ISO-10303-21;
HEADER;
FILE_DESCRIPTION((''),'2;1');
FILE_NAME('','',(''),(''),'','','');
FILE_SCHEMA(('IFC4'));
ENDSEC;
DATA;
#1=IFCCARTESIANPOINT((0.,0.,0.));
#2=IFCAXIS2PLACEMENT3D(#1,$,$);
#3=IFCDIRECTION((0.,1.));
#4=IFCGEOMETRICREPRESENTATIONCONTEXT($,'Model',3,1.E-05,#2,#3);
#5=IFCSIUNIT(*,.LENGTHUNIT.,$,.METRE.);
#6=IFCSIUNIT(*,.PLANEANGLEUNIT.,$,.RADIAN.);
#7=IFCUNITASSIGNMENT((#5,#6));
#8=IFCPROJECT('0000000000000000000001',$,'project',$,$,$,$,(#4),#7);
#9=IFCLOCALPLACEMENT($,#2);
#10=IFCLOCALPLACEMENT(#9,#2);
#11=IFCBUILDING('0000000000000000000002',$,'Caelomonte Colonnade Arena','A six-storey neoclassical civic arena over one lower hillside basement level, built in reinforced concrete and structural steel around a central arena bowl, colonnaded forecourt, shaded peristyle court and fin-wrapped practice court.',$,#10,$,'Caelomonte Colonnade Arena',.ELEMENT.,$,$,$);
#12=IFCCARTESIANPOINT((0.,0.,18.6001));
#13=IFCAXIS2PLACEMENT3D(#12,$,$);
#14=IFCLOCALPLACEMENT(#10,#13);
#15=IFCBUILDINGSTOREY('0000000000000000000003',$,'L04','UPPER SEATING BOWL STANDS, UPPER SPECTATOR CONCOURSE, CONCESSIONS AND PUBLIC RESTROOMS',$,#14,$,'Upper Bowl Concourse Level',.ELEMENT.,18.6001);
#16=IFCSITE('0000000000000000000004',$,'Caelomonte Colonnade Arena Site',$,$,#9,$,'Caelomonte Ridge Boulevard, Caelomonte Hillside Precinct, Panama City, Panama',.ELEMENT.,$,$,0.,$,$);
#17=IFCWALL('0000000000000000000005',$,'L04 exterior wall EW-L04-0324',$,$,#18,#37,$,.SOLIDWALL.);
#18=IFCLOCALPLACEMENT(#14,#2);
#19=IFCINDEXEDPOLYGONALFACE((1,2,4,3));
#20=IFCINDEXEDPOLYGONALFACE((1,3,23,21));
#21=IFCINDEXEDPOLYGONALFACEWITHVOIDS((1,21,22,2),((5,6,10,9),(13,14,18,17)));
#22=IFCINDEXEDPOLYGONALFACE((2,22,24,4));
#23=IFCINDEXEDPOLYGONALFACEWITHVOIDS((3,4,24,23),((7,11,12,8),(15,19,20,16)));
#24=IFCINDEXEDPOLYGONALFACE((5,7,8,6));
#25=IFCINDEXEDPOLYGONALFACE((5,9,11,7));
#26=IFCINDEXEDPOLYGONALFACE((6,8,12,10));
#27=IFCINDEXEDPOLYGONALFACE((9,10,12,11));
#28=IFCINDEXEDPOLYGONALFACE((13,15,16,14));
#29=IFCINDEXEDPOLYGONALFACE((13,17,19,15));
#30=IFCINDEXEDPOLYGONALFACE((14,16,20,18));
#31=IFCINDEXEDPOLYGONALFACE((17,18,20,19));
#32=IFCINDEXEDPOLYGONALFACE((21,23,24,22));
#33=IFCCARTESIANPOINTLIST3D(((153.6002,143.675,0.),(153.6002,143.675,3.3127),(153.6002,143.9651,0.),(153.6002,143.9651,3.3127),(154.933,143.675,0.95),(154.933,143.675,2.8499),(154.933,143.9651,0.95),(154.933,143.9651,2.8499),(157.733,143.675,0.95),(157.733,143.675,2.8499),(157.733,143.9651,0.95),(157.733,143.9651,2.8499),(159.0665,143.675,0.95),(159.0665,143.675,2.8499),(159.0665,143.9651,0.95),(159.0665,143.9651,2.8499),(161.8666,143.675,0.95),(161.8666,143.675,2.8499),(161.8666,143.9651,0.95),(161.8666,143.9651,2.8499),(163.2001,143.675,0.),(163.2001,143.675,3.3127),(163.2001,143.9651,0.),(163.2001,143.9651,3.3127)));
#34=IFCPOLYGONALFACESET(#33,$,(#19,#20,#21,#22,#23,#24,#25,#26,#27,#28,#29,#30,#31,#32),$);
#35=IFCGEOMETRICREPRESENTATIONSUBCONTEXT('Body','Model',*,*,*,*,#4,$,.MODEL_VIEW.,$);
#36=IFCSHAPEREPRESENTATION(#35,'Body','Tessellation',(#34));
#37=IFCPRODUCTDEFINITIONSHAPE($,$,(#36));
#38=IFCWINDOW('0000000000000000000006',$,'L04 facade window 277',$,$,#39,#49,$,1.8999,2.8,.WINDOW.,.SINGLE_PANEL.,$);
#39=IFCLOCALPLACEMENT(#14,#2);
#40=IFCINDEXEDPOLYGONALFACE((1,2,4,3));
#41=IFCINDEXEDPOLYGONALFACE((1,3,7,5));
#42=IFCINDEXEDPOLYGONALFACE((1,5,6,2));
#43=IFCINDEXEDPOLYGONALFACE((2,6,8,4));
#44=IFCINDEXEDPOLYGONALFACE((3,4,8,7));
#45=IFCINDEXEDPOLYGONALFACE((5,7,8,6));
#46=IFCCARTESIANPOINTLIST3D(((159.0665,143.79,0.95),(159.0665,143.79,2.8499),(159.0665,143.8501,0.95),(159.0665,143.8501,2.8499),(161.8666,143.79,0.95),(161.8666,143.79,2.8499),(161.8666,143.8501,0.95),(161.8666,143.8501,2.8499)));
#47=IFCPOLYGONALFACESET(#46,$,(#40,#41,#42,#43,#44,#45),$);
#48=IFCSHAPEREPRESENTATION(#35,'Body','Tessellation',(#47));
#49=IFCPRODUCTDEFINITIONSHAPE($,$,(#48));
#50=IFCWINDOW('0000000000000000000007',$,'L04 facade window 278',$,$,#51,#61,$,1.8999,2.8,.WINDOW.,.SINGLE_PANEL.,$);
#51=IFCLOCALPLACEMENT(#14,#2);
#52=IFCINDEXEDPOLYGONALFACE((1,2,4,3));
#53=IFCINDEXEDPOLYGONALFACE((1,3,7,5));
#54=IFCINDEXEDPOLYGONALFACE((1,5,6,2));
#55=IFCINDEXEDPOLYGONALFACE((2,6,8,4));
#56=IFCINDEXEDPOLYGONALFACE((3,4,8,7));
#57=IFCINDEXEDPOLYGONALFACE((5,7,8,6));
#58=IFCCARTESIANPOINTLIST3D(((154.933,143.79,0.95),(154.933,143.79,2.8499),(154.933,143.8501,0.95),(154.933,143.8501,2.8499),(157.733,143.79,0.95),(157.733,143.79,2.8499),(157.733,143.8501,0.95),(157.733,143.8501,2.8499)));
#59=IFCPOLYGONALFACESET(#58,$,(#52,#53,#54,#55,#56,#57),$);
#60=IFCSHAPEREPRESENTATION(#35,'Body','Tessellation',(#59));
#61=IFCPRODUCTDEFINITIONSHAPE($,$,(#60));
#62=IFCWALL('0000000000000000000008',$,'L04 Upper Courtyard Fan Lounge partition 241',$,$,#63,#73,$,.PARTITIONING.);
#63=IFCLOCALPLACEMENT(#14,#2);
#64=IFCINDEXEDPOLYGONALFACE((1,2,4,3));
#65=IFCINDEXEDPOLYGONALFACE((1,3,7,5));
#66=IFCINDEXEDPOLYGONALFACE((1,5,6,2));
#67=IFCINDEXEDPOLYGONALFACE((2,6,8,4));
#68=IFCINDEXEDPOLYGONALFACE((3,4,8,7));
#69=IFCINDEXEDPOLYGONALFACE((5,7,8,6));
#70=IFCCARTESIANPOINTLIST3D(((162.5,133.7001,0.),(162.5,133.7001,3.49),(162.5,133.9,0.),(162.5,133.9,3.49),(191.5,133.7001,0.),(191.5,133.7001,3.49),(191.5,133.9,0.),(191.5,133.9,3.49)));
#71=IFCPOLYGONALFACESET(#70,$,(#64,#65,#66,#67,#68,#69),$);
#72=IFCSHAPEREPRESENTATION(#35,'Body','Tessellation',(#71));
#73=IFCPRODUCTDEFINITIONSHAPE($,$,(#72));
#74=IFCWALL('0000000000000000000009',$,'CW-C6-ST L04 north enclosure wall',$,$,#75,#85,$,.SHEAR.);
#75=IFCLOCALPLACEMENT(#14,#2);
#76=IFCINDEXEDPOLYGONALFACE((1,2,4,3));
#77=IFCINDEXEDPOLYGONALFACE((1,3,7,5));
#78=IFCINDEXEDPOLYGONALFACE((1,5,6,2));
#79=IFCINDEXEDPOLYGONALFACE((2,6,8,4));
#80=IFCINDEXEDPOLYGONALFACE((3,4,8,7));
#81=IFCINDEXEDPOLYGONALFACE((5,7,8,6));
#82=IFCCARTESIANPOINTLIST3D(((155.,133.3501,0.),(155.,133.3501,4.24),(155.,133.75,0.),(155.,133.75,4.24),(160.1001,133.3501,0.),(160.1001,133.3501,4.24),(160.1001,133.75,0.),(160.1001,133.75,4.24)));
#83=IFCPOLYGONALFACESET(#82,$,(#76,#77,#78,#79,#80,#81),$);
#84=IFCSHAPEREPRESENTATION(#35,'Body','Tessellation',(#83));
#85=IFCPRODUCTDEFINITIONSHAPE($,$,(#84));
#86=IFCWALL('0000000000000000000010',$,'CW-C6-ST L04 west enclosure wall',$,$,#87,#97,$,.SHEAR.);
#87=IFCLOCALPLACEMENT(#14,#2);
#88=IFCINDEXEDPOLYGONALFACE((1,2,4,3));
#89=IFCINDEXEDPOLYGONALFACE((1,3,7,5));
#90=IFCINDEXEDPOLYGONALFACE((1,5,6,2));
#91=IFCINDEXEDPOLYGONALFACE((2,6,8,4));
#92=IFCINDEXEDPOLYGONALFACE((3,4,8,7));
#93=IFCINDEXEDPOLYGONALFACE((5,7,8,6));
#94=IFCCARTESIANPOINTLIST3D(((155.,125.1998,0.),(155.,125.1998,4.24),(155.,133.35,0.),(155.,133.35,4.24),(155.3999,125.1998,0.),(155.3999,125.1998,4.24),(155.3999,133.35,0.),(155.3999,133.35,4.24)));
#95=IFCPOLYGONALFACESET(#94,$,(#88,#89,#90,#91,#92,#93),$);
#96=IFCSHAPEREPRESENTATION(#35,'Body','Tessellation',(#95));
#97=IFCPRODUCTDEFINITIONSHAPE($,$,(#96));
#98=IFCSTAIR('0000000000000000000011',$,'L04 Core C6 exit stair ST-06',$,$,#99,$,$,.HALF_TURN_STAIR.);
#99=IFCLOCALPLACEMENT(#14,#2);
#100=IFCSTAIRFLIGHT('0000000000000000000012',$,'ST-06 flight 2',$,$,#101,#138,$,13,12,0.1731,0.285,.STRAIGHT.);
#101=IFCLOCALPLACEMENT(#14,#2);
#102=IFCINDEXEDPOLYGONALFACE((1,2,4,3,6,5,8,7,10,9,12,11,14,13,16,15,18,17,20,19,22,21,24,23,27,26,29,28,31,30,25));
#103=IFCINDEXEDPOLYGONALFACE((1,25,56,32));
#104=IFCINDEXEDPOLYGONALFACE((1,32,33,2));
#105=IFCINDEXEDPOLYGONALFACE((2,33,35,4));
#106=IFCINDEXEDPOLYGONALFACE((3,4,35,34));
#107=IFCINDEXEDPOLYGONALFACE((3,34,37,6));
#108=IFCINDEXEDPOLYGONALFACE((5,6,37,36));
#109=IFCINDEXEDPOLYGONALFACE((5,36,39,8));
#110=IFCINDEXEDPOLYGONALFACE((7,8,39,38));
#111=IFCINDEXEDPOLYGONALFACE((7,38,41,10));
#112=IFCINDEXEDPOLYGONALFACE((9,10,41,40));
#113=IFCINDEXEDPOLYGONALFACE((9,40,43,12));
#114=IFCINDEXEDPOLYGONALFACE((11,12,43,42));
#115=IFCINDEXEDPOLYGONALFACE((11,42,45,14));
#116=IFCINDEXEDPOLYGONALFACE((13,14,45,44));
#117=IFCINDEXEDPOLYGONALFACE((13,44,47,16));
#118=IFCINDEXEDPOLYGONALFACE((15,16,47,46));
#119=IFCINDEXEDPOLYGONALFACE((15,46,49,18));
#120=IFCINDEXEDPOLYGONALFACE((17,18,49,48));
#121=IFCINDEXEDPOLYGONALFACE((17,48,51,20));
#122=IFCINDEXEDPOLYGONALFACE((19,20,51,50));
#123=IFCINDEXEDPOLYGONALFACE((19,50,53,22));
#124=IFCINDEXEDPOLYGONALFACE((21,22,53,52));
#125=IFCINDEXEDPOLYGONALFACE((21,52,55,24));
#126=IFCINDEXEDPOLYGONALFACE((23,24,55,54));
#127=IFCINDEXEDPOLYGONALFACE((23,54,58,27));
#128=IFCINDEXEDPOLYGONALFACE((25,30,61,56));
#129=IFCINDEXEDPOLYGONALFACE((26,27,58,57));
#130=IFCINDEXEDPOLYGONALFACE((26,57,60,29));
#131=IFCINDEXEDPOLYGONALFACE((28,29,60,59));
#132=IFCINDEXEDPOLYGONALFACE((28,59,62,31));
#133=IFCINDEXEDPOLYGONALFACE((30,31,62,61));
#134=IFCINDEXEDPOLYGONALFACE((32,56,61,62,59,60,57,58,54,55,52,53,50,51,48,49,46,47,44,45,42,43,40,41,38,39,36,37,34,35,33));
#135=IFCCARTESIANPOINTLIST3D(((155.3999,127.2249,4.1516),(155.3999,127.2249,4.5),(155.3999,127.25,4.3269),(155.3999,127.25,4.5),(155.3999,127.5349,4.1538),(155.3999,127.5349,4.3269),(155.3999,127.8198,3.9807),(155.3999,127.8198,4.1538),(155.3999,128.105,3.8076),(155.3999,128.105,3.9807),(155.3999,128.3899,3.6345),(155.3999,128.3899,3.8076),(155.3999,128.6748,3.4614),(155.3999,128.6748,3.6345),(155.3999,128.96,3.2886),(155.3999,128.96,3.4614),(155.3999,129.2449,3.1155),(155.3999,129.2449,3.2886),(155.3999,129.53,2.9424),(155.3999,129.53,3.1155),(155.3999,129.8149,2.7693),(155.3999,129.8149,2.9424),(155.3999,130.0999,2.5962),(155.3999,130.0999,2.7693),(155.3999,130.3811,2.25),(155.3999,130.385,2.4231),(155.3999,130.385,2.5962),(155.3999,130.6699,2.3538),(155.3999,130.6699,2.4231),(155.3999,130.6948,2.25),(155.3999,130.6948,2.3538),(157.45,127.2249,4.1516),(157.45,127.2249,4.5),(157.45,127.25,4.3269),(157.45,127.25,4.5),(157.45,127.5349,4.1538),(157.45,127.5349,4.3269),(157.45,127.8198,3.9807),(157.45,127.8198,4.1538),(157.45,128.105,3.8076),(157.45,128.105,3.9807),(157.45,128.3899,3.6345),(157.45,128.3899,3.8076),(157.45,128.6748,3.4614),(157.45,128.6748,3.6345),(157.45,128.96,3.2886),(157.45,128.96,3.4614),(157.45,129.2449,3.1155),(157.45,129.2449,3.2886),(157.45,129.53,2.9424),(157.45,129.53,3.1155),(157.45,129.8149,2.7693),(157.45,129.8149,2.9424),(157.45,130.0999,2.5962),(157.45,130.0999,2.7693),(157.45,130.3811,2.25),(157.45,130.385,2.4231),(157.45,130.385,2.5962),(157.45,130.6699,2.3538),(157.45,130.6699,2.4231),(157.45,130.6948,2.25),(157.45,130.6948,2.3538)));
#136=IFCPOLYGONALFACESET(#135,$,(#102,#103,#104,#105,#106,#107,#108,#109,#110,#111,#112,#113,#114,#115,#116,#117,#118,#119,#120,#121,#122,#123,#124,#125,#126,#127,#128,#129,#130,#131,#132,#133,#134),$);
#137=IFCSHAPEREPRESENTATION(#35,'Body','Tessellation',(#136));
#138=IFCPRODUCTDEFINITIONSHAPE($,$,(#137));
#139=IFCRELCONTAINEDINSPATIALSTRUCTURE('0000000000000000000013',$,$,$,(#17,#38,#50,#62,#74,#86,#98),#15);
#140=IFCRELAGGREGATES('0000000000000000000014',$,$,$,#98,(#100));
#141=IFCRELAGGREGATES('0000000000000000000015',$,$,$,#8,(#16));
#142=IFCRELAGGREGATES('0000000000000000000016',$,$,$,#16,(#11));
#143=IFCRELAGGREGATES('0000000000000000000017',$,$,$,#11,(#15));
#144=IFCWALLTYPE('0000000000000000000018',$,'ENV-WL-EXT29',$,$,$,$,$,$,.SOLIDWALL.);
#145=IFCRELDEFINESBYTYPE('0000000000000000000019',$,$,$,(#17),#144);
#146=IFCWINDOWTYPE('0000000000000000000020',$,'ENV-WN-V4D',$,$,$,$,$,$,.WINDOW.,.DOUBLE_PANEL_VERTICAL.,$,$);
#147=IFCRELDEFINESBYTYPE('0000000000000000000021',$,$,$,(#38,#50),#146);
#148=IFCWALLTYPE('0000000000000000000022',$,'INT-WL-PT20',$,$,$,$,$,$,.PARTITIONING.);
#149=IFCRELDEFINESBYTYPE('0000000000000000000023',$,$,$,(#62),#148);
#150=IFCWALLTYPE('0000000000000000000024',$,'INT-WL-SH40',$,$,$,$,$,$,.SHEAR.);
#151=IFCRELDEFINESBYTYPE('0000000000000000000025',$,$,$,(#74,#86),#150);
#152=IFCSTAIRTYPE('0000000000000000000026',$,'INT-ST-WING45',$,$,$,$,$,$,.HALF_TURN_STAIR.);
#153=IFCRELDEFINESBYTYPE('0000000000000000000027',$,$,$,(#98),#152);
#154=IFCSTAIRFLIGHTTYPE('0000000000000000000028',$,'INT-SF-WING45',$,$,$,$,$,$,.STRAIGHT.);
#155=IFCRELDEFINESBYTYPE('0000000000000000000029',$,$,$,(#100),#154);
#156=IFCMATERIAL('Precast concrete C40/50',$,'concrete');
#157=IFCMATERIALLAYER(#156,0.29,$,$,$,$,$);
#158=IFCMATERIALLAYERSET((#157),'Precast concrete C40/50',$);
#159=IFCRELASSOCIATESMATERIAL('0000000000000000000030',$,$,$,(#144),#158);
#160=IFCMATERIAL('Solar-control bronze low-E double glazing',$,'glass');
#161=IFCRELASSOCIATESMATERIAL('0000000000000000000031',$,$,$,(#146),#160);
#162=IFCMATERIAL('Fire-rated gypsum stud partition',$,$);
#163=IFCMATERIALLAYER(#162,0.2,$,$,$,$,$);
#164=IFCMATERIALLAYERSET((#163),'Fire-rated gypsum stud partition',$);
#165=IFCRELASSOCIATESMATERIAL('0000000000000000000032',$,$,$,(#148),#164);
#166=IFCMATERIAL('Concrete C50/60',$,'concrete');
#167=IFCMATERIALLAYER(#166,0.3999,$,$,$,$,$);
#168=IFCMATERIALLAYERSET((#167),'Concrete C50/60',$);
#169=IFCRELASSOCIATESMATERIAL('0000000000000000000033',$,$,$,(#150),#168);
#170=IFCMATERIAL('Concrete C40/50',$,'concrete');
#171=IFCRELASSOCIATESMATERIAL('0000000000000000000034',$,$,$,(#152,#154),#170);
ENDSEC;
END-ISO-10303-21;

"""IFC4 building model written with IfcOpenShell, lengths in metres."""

from ifc_helpers import new_model, si_unit, direction, frame, frame_2d, origin, place, context, subcontext, project, spatial, polyline, rectangle, outline, extrude, material, layer, layer_set, type_object, element, fill, aggregate, save


model = new_model("IFC4")

# Units and contexts
model_context = context("Model", 3, precision=1e-05, world=origin(), true_north=direction((0.0, 1.0)))
body_context = subcontext(model_context, "Body", "Model", "MODEL_VIEW")
ifc_project = project(units=[si_unit("LENGTHUNIT", "METRE"), si_unit("PLANEANGLEUNIT", "RADIAN")], contexts=[model_context])

# Site, building, storey
site_placement = place(None, origin())
site = spatial("IfcSite", under=ifc_project, at=site_placement, Name="Caelomonte Colonnade Arena Site", LongName="Caelomonte Ridge Boulevard, Caelomonte Hillside Precinct, Panama City, Panama", CompositionType="ELEMENT", RefElevation=0.0)
building_placement = place(site_placement, origin())
building = spatial("IfcBuilding", under=site, at=building_placement, Name="Caelomonte Colonnade Arena", Description="A six-storey neoclassical civic arena over one lower hillside basement level, built in reinforced concrete and structural steel around a central arena bowl, colonnaded forecourt, shaded peristyle court and fin-wrapped practice court.", LongName="Caelomonte Colonnade Arena", CompositionType="ELEMENT")
storey_placement = place(building_placement, frame((0.0, 0.0, 18.6001)))
storey = spatial("IfcBuildingStorey", under=building, at=storey_placement, Name="L04", Description="UPPER SEATING BOWL STANDS, UPPER SPECTATOR CONCOURSE, CONCESSIONS AND PUBLIC RESTROOMS", LongName="Upper Bowl Concourse Level", CompositionType="ELEMENT", Elevation=18.6001)

# Shared definitions
ifc_material_1 = material(Name="Concrete C40/50", Category="concrete")

# Wall, openings, windows
ifc_material_2 = material(Name="Precast concrete C40/50", Category="concrete")
ifc_layer_1 = layer(ifc_material_2, 0.29)
ifc_layer_set_1 = layer_set([ifc_layer_1], Name="Precast concrete C40/50")
wall_type_1 = type_object("IfcWallType", Name="ENV-WL-EXT29", PredefinedType="SOLIDWALL", material=ifc_layer_set_1)
wall_1_placement = place(storey_placement, frame((163.2, 143.8201, 0.0), z_axis=(0.0, 0.0, 1.0), x_axis=(-1.0, 0.0, 0.0)))
wall_1 = element("IfcWall", 1, at=wall_1_placement, inside=storey, type_object=wall_type_1, Name="L04 exterior wall EW-L04-0324", PredefinedType="SOLIDWALL", context=body_context, shape_type="SweptSolid", body=[
    extrude(rectangle(XDim=9.5999, YDim=0.29, at=frame_2d((4.7998, 0.0))), origin(), (0.0, 0.0, 1.0), 3.3127),
])
opening_1_placement = place(wall_1_placement, frame((4.1333, 0.0, 0.95), z_axis=(0.0, 0.0, 1.0), x_axis=(-1.0, 0.0, 0.0)))
opening_1 = element("IfcOpeningElement", 2, at=opening_1_placement, cuts=wall_1, PredefinedType="OPENING", context=body_context, shape_type="SweptSolid", body=[
    extrude(rectangle(XDim=2.8, YDim=1.8999, at=frame_2d((1.3999, 0.95))), frame((0.0, 0.155, 0.0), z_axis=(0.0, -1.0, 0.0), x_axis=(1.0, 0.0, 0.0)), (0.0, 0.0, 1.0), 0.3101),
])
opening_2_placement = place(wall_1_placement, frame((8.2668, 0.0, 0.95), z_axis=(0.0, 0.0, 1.0), x_axis=(-1.0, 0.0, 0.0)))
opening_2 = element("IfcOpeningElement", 3, at=opening_2_placement, cuts=wall_1, PredefinedType="OPENING", context=body_context, shape_type="SweptSolid", body=[
    extrude(rectangle(XDim=2.8, YDim=1.8999, at=frame_2d((1.3999, 0.95))), frame((0.0, 0.155, 0.0), z_axis=(0.0, -1.0, 0.0), x_axis=(1.0, 0.0, 0.0)), (0.0, 0.0, 1.0), 0.3101),
])
ifc_material_3 = material(Name="Solar-control bronze low-E double glazing", Category="glass")
window_type = type_object("IfcWindowType", Name="ENV-WN-V4D", PartitioningType="DOUBLE_PANEL_VERTICAL", PredefinedType="WINDOW", material=ifc_material_3)
window_1_placement = place(opening_1_placement, origin())
window_1 = element("IfcWindow", 4, at=window_1_placement, inside=storey, type_object=window_type, Name="L04 facade window 277", OverallHeight=1.8999, OverallWidth=2.8, PartitioningType="SINGLE_PANEL", PredefinedType="WINDOW", context=body_context, shape_type="SweptSolid", body=[
    extrude(rectangle(XDim=2.8, YDim=1.8999, at=frame_2d((1.3999, 0.95))), frame((0.0, 0.03, 0.0), z_axis=(0.0, -1.0, 0.0), x_axis=(1.0, 0.0, 0.0)), (0.0, 0.0, 1.0), 0.0601),
])
fill(opening_1, window_1)
window_2_placement = place(opening_2_placement, origin())
window_2 = element("IfcWindow", 5, at=window_2_placement, inside=storey, type_object=window_type, Name="L04 facade window 278", OverallHeight=1.8999, OverallWidth=2.8, PartitioningType="SINGLE_PANEL", PredefinedType="WINDOW", context=body_context, shape_type="SweptSolid", body=[
    extrude(rectangle(XDim=2.8, YDim=1.8999, at=frame_2d((1.3999, 0.95))), frame((0.0, 0.03, 0.0), z_axis=(0.0, -1.0, 0.0), x_axis=(1.0, 0.0, 0.0)), (0.0, 0.0, 1.0), 0.0601),
])
fill(opening_2, window_2)

# Walls
ifc_material_4 = material(Name="Fire-rated gypsum stud partition")
ifc_layer_2 = layer(ifc_material_4, 0.2)
ifc_layer_set_2 = layer_set([ifc_layer_2], Name="Fire-rated gypsum stud partition")
wall_type_2 = type_object("IfcWallType", Name="INT-WL-PT20", PredefinedType="PARTITIONING", material=ifc_layer_set_2)
wall_2_placement = place(storey_placement, frame((162.5, 133.8, 0.0), z_axis=(0.0, 0.0, 1.0), x_axis=(1.0, 0.0, 0.0)))
element("IfcWall", 6, at=wall_2_placement, inside=storey, type_object=wall_type_2, Name="L04 Upper Courtyard Fan Lounge partition 241", PredefinedType="PARTITIONING", context=body_context, shape_type="SweptSolid", body=[
    extrude(rectangle(XDim=29.0, YDim=0.2, at=frame_2d((14.5, 0.0))), origin(), (0.0, 0.0, 1.0), 3.49),
])
ifc_material_5 = material(Name="Concrete C50/60", Category="concrete")
ifc_layer_3 = layer(ifc_material_5, 0.3999)
ifc_layer_set_3 = layer_set([ifc_layer_3], Name="Concrete C50/60")
wall_type_3 = type_object("IfcWallType", Name="INT-WL-SH40", PredefinedType="SHEAR", material=ifc_layer_set_3)
wall_3_placement = place(storey_placement, frame((160.1001, 133.55, 0.0), z_axis=(0.0, 0.0, 1.0), x_axis=(-1.0, 0.0, 0.0)))
element("IfcWall", 7, at=wall_3_placement, inside=storey, type_object=wall_type_3, Name="CW-C6-ST L04 north enclosure wall", PredefinedType="SHEAR", context=body_context, shape_type="SweptSolid", body=[
    extrude(rectangle(XDim=5.1001, YDim=0.3999, at=frame_2d((2.55, 0.0))), origin(), (0.0, 0.0, 1.0), 4.24),
])
wall_4_placement = place(storey_placement, frame((155.2, 133.3501, 0.0), z_axis=(0.0, 0.0, 1.0), x_axis=(0.0, -1.0, 0.0)))
element("IfcWall", 8, at=wall_4_placement, inside=storey, type_object=wall_type_3, Name="CW-C6-ST L04 west enclosure wall", PredefinedType="SHEAR", context=body_context, shape_type="SweptSolid", body=[
    extrude(rectangle(XDim=8.1501, YDim=0.3999, at=frame_2d((4.0752, 0.0))), origin(), (0.0, 0.0, 1.0), 4.24),
])

# Stair, stair flight
stair_type = type_object("IfcStairType", Name="INT-ST-WING45", PredefinedType="HALF_TURN_STAIR", material=ifc_material_1)
stair_placement = place(storey_placement, origin())
stair = element("IfcStair", 9, at=stair_placement, inside=storey, type_object=stair_type, Name="L04 Core C6 exit stair ST-06", PredefinedType="HALF_TURN_STAIR")
stair_flight_type = type_object("IfcStairFlightType", Name="INT-SF-WING45", PredefinedType="STRAIGHT", material=ifc_material_1)
stair_flight_placement = place(storey_placement, frame((156.425, 130.6699, 2.25), z_axis=(0.0, 0.0, 1.0), x_axis=(0.0, -1.0, 0.0)))
stair_flight = element("IfcStairFlight", 10, at=stair_flight_placement, type_object=stair_flight_type, Name="ST-06 flight 2", NumberOfRisers=13, NumberOfTreads=12, PredefinedType="STRAIGHT", RiserHeight=0.1731, TreadLength=0.285, context=body_context, shape_type="SweptSolid", body=[
    extrude(outline(polyline([(-0.0249, 0.0), (-0.0249, 0.1038), (0.0, 0.1038), (0.0, 0.1731), (0.2849, 0.1731), (0.2849, 0.3462), (0.5701, 0.3462), (0.5701, 0.5193), (0.855, 0.5193), (0.855, 0.6924), (1.1399, 0.6924), (1.1399, 0.8655), (1.425, 0.8655), (1.425, 1.0386), (1.71, 1.0386), (1.71, 1.2114), (1.9951, 1.2114), (1.9951, 1.3845), (2.28, 1.3845), (2.28, 1.5576), (2.5649, 1.5576), (2.5649, 1.7307), (2.8501, 1.7307), (2.8501, 1.9038), (3.135, 1.9038), (3.135, 2.0769), (3.4199, 2.0769), (3.4199, 2.25), (3.4451, 2.25), (3.4451, 1.9016), (0.2888, 0.0), (-0.0249, 0.0)])), frame((0.0, 1.0249, 0.0), z_axis=(0.0, -1.0, 0.0), x_axis=(1.0, 0.0, 0.0)), (0.0, 0.0, 1.0), 2.05),
])
aggregate(stair, [stair_flight])

save(model, "model.ifc")
